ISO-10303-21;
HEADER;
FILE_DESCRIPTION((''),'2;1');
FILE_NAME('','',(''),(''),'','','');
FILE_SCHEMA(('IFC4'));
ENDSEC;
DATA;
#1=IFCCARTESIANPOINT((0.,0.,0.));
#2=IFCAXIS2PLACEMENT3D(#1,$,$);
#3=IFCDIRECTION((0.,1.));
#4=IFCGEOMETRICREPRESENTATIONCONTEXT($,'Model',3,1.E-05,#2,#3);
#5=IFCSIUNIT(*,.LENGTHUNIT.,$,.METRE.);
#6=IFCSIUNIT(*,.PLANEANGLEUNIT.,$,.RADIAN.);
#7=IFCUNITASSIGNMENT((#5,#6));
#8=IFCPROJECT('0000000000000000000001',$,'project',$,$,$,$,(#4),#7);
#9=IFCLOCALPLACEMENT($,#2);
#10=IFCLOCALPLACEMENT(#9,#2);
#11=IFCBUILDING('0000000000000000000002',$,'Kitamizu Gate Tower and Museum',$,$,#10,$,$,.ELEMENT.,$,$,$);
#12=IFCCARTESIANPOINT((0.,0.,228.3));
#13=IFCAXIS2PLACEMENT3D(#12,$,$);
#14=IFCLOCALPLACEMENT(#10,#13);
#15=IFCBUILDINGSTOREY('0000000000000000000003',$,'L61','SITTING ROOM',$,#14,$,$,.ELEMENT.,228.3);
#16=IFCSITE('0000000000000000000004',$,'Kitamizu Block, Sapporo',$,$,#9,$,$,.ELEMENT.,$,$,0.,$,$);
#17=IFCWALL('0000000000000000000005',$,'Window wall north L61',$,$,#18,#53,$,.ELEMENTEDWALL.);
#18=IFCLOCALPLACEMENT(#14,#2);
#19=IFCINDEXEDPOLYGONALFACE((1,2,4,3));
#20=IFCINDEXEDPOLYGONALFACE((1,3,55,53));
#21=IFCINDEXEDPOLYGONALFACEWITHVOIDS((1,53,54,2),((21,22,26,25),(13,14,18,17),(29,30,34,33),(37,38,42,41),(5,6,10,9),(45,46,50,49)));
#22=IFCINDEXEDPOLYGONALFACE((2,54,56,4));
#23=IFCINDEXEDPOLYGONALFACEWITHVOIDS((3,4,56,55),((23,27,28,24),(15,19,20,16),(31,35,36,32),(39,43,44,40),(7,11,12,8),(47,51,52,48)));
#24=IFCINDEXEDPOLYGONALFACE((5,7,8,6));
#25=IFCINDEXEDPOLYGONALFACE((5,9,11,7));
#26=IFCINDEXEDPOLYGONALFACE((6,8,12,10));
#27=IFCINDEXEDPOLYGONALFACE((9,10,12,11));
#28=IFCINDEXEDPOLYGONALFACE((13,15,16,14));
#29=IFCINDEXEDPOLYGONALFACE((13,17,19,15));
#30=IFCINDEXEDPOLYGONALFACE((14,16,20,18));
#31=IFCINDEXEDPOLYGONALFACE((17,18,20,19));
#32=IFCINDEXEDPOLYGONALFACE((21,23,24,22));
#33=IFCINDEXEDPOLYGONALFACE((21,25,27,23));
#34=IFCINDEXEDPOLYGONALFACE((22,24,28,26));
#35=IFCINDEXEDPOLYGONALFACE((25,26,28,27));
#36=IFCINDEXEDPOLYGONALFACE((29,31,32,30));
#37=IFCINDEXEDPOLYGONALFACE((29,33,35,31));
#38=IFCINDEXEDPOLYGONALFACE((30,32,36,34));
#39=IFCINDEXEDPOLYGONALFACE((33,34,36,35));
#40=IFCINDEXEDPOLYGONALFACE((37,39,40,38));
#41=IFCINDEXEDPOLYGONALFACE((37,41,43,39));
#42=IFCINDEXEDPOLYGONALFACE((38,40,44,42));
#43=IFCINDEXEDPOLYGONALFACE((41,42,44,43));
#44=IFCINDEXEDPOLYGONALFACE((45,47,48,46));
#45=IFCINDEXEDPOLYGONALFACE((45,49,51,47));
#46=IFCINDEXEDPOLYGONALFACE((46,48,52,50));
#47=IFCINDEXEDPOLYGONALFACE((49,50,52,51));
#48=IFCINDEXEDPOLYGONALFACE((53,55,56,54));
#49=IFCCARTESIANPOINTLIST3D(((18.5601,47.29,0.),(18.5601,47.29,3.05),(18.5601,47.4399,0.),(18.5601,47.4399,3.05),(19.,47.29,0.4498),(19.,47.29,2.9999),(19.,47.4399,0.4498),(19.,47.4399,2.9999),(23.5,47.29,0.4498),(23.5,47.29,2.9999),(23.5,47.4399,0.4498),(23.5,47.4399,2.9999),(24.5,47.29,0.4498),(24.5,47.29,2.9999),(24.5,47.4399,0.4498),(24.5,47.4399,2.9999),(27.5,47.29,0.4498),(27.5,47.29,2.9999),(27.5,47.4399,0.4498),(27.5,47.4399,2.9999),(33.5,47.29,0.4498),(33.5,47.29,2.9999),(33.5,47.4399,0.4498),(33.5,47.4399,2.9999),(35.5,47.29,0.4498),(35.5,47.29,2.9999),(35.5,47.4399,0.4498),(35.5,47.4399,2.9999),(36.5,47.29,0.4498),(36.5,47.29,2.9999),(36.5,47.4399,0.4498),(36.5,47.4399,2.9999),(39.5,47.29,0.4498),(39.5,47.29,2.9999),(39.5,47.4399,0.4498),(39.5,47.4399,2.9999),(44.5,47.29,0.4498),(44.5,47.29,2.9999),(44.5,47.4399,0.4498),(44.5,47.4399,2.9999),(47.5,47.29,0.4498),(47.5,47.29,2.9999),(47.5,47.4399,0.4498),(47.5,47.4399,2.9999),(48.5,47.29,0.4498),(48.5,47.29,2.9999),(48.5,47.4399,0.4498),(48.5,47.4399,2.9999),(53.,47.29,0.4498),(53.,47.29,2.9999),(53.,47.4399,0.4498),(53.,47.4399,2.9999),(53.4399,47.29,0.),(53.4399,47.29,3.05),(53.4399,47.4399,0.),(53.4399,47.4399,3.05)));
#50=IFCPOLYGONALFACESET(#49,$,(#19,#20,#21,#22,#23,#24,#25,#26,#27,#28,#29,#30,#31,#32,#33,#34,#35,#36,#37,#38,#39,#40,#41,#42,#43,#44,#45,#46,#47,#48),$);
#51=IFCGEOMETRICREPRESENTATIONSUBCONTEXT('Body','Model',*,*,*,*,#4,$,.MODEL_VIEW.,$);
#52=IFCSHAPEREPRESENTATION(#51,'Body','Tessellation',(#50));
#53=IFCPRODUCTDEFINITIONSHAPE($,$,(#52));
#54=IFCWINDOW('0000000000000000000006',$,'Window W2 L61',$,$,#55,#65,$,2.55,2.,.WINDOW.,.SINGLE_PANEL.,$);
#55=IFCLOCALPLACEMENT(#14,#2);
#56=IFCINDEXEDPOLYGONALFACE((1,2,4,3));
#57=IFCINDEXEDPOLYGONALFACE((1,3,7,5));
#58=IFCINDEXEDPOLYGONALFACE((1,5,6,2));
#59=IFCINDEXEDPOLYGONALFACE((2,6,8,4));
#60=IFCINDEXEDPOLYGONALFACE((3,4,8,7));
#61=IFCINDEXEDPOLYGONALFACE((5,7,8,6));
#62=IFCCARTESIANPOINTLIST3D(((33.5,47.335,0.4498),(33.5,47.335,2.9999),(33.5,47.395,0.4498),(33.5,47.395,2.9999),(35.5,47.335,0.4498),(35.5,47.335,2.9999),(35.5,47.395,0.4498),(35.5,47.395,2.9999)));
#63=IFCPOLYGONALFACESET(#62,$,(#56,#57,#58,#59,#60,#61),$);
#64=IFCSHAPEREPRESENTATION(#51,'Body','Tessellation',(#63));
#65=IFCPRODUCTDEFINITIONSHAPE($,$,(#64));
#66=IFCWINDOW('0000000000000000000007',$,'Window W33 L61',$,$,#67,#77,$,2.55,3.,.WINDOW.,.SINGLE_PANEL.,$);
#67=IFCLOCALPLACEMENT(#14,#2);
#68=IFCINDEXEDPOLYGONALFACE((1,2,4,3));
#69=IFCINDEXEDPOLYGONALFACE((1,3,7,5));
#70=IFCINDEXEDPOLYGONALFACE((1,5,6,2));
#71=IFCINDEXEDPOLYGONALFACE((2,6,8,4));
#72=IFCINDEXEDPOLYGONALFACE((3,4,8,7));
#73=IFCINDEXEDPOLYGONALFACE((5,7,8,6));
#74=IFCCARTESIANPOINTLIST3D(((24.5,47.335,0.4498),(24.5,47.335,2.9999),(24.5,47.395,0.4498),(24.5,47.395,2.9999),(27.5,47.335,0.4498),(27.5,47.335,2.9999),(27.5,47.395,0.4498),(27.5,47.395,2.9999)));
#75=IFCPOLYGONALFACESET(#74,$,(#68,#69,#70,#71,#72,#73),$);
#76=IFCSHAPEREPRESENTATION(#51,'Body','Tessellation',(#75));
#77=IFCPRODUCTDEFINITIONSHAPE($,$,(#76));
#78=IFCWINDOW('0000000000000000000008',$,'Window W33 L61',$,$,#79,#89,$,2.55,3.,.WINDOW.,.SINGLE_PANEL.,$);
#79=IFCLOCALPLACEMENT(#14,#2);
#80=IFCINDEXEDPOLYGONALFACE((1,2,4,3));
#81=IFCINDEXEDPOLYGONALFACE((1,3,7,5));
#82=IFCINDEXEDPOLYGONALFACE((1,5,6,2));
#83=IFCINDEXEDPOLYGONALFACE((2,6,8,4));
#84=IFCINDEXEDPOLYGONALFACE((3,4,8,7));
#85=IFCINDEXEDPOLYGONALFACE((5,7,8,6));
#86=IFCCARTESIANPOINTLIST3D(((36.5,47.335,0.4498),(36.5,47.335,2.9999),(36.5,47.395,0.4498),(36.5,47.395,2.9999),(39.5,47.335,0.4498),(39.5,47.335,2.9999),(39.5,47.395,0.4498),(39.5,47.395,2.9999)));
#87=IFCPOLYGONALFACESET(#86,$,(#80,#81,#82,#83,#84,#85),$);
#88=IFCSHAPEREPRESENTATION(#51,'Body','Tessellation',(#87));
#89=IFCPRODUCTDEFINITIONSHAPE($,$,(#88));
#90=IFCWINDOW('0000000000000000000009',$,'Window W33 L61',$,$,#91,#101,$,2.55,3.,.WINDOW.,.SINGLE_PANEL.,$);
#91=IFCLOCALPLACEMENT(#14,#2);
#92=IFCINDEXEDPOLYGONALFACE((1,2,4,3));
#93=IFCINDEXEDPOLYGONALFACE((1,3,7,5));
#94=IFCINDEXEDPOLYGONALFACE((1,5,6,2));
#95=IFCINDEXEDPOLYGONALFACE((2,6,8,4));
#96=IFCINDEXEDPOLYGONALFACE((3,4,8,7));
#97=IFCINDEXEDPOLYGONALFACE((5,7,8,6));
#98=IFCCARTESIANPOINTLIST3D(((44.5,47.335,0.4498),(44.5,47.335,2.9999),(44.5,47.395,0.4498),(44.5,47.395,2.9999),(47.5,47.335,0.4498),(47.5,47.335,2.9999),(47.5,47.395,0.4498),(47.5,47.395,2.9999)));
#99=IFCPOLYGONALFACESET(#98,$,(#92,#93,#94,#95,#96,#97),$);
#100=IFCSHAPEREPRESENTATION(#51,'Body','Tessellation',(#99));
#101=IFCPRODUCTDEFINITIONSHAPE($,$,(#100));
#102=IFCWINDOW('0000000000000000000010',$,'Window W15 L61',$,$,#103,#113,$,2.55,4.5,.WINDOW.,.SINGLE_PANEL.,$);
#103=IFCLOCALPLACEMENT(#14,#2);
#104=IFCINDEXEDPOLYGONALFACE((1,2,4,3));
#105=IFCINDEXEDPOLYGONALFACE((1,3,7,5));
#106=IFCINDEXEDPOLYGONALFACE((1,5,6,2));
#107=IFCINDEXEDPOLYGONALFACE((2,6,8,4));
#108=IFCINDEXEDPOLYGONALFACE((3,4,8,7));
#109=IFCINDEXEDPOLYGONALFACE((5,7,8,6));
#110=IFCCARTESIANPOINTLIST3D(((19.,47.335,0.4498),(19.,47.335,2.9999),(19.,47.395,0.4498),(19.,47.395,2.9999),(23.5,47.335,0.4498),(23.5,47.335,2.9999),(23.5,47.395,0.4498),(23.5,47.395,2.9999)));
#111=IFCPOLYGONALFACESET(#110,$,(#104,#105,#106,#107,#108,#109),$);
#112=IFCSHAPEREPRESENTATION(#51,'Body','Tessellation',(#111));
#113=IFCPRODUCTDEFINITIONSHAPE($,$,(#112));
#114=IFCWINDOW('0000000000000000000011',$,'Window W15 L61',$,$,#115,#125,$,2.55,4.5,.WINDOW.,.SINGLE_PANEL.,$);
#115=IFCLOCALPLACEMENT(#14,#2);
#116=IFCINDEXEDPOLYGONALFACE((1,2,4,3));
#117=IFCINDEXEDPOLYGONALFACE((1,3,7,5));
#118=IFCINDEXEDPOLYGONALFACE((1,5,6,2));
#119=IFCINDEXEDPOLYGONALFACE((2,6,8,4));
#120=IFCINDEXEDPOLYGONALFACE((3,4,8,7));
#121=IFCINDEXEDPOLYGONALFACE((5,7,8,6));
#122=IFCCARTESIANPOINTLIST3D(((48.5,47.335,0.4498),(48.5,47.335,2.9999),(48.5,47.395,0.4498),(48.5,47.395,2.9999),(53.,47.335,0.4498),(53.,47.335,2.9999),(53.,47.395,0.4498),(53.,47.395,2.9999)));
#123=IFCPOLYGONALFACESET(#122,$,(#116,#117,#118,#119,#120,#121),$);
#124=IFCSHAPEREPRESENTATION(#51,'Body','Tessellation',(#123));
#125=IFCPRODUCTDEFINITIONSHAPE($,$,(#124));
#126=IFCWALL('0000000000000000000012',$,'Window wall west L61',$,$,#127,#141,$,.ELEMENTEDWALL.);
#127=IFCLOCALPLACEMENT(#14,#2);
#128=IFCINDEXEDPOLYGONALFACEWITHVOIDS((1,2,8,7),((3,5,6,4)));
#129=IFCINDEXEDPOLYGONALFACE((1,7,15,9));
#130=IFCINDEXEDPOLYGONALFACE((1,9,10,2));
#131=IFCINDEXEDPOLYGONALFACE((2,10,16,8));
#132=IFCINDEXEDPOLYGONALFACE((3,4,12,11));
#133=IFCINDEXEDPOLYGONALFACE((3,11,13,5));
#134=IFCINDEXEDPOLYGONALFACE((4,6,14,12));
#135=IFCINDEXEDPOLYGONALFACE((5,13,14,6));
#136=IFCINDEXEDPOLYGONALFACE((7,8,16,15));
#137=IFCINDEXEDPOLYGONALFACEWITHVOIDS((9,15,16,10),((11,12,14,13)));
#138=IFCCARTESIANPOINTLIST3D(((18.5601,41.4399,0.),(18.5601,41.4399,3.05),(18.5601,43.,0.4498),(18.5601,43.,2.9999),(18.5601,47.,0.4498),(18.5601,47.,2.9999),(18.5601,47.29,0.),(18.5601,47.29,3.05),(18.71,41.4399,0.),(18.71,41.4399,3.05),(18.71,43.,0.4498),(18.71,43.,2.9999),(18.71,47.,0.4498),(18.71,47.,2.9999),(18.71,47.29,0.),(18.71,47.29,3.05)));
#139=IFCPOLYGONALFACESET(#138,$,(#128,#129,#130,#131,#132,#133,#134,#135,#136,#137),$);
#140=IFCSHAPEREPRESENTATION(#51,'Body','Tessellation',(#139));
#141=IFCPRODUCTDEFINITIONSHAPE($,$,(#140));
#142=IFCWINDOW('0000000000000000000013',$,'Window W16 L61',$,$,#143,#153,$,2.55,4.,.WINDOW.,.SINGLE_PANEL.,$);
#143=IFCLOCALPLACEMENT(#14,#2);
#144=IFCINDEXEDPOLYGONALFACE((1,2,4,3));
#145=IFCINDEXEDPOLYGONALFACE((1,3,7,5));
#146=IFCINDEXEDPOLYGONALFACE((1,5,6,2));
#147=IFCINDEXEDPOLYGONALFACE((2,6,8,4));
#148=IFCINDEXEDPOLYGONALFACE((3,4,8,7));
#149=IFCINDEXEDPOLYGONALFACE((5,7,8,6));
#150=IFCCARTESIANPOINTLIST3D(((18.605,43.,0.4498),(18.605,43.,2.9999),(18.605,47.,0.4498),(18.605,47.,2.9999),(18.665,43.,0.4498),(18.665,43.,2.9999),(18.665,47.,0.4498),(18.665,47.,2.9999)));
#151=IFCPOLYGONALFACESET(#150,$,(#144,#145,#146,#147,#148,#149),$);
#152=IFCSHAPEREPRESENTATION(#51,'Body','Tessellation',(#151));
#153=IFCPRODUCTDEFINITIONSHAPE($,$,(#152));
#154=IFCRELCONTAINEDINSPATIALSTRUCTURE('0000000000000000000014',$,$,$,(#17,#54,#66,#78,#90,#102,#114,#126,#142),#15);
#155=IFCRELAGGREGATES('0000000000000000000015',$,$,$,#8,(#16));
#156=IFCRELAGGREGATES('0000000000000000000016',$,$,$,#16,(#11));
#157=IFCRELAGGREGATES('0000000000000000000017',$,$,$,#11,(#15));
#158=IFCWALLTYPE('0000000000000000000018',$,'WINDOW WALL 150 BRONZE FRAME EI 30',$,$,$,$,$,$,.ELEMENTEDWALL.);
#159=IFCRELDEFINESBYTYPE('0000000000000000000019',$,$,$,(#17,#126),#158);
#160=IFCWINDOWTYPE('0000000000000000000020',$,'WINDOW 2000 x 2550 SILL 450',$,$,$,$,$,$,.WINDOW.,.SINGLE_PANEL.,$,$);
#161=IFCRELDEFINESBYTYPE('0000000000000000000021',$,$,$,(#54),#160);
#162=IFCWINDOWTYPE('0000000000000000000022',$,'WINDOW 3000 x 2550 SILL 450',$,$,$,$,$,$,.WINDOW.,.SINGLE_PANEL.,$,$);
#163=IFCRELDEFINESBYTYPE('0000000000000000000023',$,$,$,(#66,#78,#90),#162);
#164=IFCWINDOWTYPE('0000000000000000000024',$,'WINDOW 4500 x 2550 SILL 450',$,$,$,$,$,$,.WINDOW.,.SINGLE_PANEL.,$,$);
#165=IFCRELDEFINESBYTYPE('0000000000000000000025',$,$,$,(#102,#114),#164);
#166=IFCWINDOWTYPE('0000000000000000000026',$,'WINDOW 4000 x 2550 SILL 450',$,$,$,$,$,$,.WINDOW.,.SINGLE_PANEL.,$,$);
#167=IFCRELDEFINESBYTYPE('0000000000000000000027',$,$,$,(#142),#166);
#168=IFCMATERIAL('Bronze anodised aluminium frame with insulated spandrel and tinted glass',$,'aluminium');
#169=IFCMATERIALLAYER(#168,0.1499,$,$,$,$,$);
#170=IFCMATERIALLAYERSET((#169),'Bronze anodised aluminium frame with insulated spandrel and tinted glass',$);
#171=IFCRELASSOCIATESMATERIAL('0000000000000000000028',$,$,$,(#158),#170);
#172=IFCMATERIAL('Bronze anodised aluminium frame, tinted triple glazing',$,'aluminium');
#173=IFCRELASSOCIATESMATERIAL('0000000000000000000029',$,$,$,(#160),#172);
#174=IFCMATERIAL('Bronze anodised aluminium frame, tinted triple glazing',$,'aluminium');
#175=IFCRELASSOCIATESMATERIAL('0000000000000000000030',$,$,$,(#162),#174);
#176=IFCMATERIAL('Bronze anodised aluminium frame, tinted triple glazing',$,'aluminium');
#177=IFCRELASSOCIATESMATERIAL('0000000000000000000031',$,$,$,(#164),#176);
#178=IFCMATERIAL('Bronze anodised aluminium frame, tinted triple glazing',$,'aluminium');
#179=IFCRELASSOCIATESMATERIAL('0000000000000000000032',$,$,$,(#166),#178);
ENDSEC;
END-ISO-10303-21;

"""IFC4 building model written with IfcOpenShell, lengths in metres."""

from ifc_helpers import new_model, si_unit, direction, frame, frame_2d, origin, place, context, subcontext, project, spatial, rectangle, extrude, material, layer, layer_set, type_object, element, fill, save


model = new_model("IFC4")

# Units and contexts
model_context = context("Model", 3, precision=1e-05, world=origin(), true_north=direction((0.0, 1.0)))
body_context = subcontext(model_context, "Body", "Model", "MODEL_VIEW")
ifc_project = project(units=[si_unit("LENGTHUNIT", "METRE"), si_unit("PLANEANGLEUNIT", "RADIAN")], contexts=[model_context])

# Site, building, storey
site_placement = place(None, origin())
site = spatial("IfcSite", under=ifc_project, at=site_placement, Name="Kitamizu Block, Sapporo", CompositionType="ELEMENT", RefElevation=0.0)
building_placement = place(site_placement, origin())
building = spatial("IfcBuilding", under=site, at=building_placement, Name="Kitamizu Gate Tower and Museum", CompositionType="ELEMENT")
storey_placement = place(building_placement, frame((0.0, 0.0, 228.3)))
storey = spatial("IfcBuildingStorey", under=building, at=storey_placement, Name="L61", Description="SITTING ROOM", CompositionType="ELEMENT", Elevation=228.3)

# Wall, openings, windows
ifc_material_1 = material(Name="Bronze anodised aluminium frame with insulated spandrel and tinted glass", Category="aluminium")
ifc_layer_1 = layer(ifc_material_1, 0.1499)
ifc_layer_set_1 = layer_set([ifc_layer_1], Name="Bronze anodised aluminium frame with insulated spandrel and tinted glass")
wall_type_1 = type_object("IfcWallType", Name="WINDOW WALL 150 BRONZE FRAME EI 30", PredefinedType="ELEMENTEDWALL", material=ifc_layer_set_1)
wall_1_placement = place(storey_placement, frame((18.5601, 47.365, 0.0), z_axis=(0.0, 0.0, 1.0), x_axis=(1.0, 0.0, 0.0)))
wall_1 = element("IfcWall", 1, at=wall_1_placement, inside=storey, type_object=wall_type_1, Name="Window wall north L61", PredefinedType="ELEMENTEDWALL", context=body_context, shape_type="SweptSolid", body=[
    extrude(rectangle(XDim=34.8799, YDim=0.1499, at=frame_2d((17.4399, 0.0))), origin(), (0.0, 0.0, 1.0), 3.05),
])
opening_1_placement = place(wall_1_placement, frame((0.4399, 0.0, 0.45)))
opening_1 = element("IfcOpeningElement", 2, at=opening_1_placement, cuts=wall_1, PredefinedType="OPENING", context=body_context, shape_type="SweptSolid", body=[
    extrude(rectangle(XDim=4.5, YDim=2.55, at=frame_2d((2.25, 1.2749))), frame((0.0, 0.085, 0.0), z_axis=(0.0, -1.0, 0.0), x_axis=(1.0, 0.0, 0.0)), (0.0, 0.0, 1.0), 0.1699),
])
opening_2_placement = place(wall_1_placement, frame((5.9399, 0.0, 0.45)))
opening_2 = element("IfcOpeningElement", 3, at=opening_2_placement, cuts=wall_1, PredefinedType="OPENING", context=body_context, shape_type="SweptSolid", body=[
    extrude(rectangle(XDim=3.0, YDim=2.55, at=frame_2d((1.5, 1.2749))), frame((0.0, 0.085, 0.0), z_axis=(0.0, -1.0, 0.0), x_axis=(1.0, 0.0, 0.0)), (0.0, 0.0, 1.0), 0.1699),
])
opening_3_placement = place(wall_1_placement, frame((14.9399, 0.0, 0.45)))
opening_3 = element("IfcOpeningElement", 4, at=opening_3_placement, cuts=wall_1, PredefinedType="OPENING", context=body_context, shape_type="SweptSolid", body=[
    extrude(rectangle(XDim=2.0, YDim=2.55, at=frame_2d((1.0, 1.2749))), frame((0.0, 0.085, 0.0), z_axis=(0.0, -1.0, 0.0), x_axis=(1.0, 0.0, 0.0)), (0.0, 0.0, 1.0), 0.1699),
])
opening_4_placement = place(wall_1_placement, frame((17.9399, 0.0, 0.45)))
opening_4 = element("IfcOpeningElement", 5, at=opening_4_placement, cuts=wall_1, PredefinedType="OPENING", context=body_context, shape_type="SweptSolid", body=[
    extrude(rectangle(XDim=3.0, YDim=2.55, at=frame_2d((1.5, 1.2749))), frame((0.0, 0.085, 0.0), z_axis=(0.0, -1.0, 0.0), x_axis=(1.0, 0.0, 0.0)), (0.0, 0.0, 1.0), 0.1699),
])
opening_5_placement = place(wall_1_placement, frame((25.9399, 0.0, 0.45)))
opening_5 = element("IfcOpeningElement", 6, at=opening_5_placement, cuts=wall_1, PredefinedType="OPENING", context=body_context, shape_type="SweptSolid", body=[
    extrude(rectangle(XDim=3.0, YDim=2.55, at=frame_2d((1.5, 1.2749))), frame((0.0, 0.085, 0.0), z_axis=(0.0, -1.0, 0.0), x_axis=(1.0, 0.0, 0.0)), (0.0, 0.0, 1.0), 0.1699),
])
opening_6_placement = place(wall_1_placement, frame((29.9399, 0.0, 0.45)))
opening_6 = element("IfcOpeningElement", 7, at=opening_6_placement, cuts=wall_1, PredefinedType="OPENING", context=body_context, shape_type="SweptSolid", body=[
    extrude(rectangle(XDim=4.5, YDim=2.55, at=frame_2d((2.25, 1.2749))), frame((0.0, 0.085, 0.0), z_axis=(0.0, -1.0, 0.0), x_axis=(1.0, 0.0, 0.0)), (0.0, 0.0, 1.0), 0.1699),
])
ifc_material_2 = material(Name="Bronze anodised aluminium frame, tinted triple glazing", Category="aluminium")
window_type_1 = type_object("IfcWindowType", Name="WINDOW 2000 x 2550 SILL 450", PartitioningType="SINGLE_PANEL", PredefinedType="WINDOW", material=ifc_material_2)
window_1_placement = place(opening_3_placement, origin())
window_1 = element("IfcWindow", 8, at=window_1_placement, inside=storey, type_object=window_type_1, Name="Window W2 L61", OverallHeight=2.55, OverallWidth=2.0, PartitioningType="SINGLE_PANEL", PredefinedType="WINDOW", context=body_context, shape_type="SweptSolid", body=[
    extrude(rectangle(XDim=2.0, YDim=2.55, at=frame_2d((1.0, 1.2749))), frame((0.0, 0.03, 0.0), z_axis=(0.0, -1.0, 0.0), x_axis=(1.0, 0.0, 0.0)), (0.0, 0.0, 1.0), 0.0601),
])
fill(opening_3, window_1)
ifc_material_3 = material(Name="Bronze anodised aluminium frame, tinted triple glazing", Category="aluminium")
window_type_2 = type_object("IfcWindowType", Name="WINDOW 3000 x 2550 SILL 450", PartitioningType="SINGLE_PANEL", PredefinedType="WINDOW", material=ifc_material_3)
window_2_placement = place(opening_2_placement, origin())
window_2 = element("IfcWindow", 9, at=window_2_placement, inside=storey, type_object=window_type_2, Name="Window W33 L61", OverallHeight=2.55, OverallWidth=3.0, PartitioningType="SINGLE_PANEL", PredefinedType="WINDOW", context=body_context, shape_type="SweptSolid", body=[
    extrude(rectangle(XDim=3.0, YDim=2.55, at=frame_2d((1.5, 1.2749))), frame((0.0, 0.03, 0.0), z_axis=(0.0, -1.0, 0.0), x_axis=(1.0, 0.0, 0.0)), (0.0, 0.0, 1.0), 0.0601),
])
fill(opening_2, window_2)
window_3_placement = place(opening_4_placement, origin())
window_3 = element("IfcWindow", 10, at=window_3_placement, inside=storey, type_object=window_type_2, Name="Window W33 L61", OverallHeight=2.55, OverallWidth=3.0, PartitioningType="SINGLE_PANEL", PredefinedType="WINDOW", context=body_context, shape_type="SweptSolid", body=[
    extrude(rectangle(XDim=3.0, YDim=2.55, at=frame_2d((1.5, 1.2749))), frame((0.0, 0.03, 0.0), z_axis=(0.0, -1.0, 0.0), x_axis=(1.0, 0.0, 0.0)), (0.0, 0.0, 1.0), 0.0601),
])
fill(opening_4, window_3)
window_4_placement = place(opening_5_placement, origin())
window_4 = element("IfcWindow", 11, at=window_4_placement, inside=storey, type_object=window_type_2, Name="Window W33 L61", OverallHeight=2.55, OverallWidth=3.0, PartitioningType="SINGLE_PANEL", PredefinedType="WINDOW", context=body_context, shape_type="SweptSolid", body=[
    extrude(rectangle(XDim=3.0, YDim=2.55, at=frame_2d((1.5, 1.2749))), frame((0.0, 0.03, 0.0), z_axis=(0.0, -1.0, 0.0), x_axis=(1.0, 0.0, 0.0)), (0.0, 0.0, 1.0), 0.0601),
])
fill(opening_5, window_4)
ifc_material_4 = material(Name="Bronze anodised aluminium frame, tinted triple glazing", Category="aluminium")
window_type_3 = type_object("IfcWindowType", Name="WINDOW 4500 x 2550 SILL 450", PartitioningType="SINGLE_PANEL", PredefinedType="WINDOW", material=ifc_material_4)
window_5_placement = place(opening_1_placement, origin())
window_5 = element("IfcWindow", 12, at=window_5_placement, inside=storey, type_object=window_type_3, Name="Window W15 L61", OverallHeight=2.55, OverallWidth=4.5, PartitioningType="SINGLE_PANEL", PredefinedType="WINDOW", context=body_context, shape_type="SweptSolid", body=[
    extrude(rectangle(XDim=4.5, YDim=2.55, at=frame_2d((2.25, 1.2749))), frame((0.0, 0.03, 0.0), z_axis=(0.0, -1.0, 0.0), x_axis=(1.0, 0.0, 0.0)), (0.0, 0.0, 1.0), 0.0601),
])
fill(opening_1, window_5)
window_6_placement = place(opening_6_placement, origin())
window_6 = element("IfcWindow", 13, at=window_6_placement, inside=storey, type_object=window_type_3, Name="Window W15 L61", OverallHeight=2.55, OverallWidth=4.5, PartitioningType="SINGLE_PANEL", PredefinedType="WINDOW", context=body_context, shape_type="SweptSolid", body=[
    extrude(rectangle(XDim=4.5, YDim=2.55, at=frame_2d((2.25, 1.2749))), frame((0.0, 0.03, 0.0), z_axis=(0.0, -1.0, 0.0), x_axis=(1.0, 0.0, 0.0)), (0.0, 0.0, 1.0), 0.0601),
])
fill(opening_6, window_6)

# Wall, opening, window
wall_2_placement = place(storey_placement, frame((18.635, 41.4399, 0.0), z_axis=(0.0, 0.0, 1.0), x_axis=(0.0, 1.0, 0.0)))
wall_2 = element("IfcWall", 14, at=wall_2_placement, inside=storey, type_object=wall_type_1, Name="Window wall west L61", PredefinedType="ELEMENTEDWALL", context=body_context, shape_type="SweptSolid", body=[
    extrude(rectangle(XDim=5.8501, YDim=0.1499, at=frame_2d((2.925, 0.0))), origin(), (0.0, 0.0, 1.0), 3.05),
])
opening_7_placement = place(wall_2_placement, frame((1.5601, 0.0, 0.45)))
opening_7 = element("IfcOpeningElement", 15, at=opening_7_placement, cuts=wall_2, PredefinedType="OPENING", context=body_context, shape_type="SweptSolid", body=[
    extrude(rectangle(XDim=4.0, YDim=2.55, at=frame_2d((2.0, 1.2749))), frame((0.0, 0.085, 0.0), z_axis=(0.0, -1.0, 0.0), x_axis=(1.0, 0.0, 0.0)), (0.0, 0.0, 1.0), 0.1699),
])
ifc_material_5 = material(Name="Bronze anodised aluminium frame, tinted triple glazing", Category="aluminium")
window_type_4 = type_object("IfcWindowType", Name="WINDOW 4000 x 2550 SILL 450", PartitioningType="SINGLE_PANEL", PredefinedType="WINDOW", material=ifc_material_5)
window_7_placement = place(opening_7_placement, origin())
window_7 = element("IfcWindow", 16, at=window_7_placement, inside=storey, type_object=window_type_4, Name="Window W16 L61", OverallHeight=2.55, OverallWidth=4.0, PartitioningType="SINGLE_PANEL", PredefinedType="WINDOW", context=body_context, shape_type="SweptSolid", body=[
    extrude(rectangle(XDim=4.0, YDim=2.55, at=frame_2d((2.0, 1.2749))), frame((0.0, 0.03, 0.0), z_axis=(0.0, -1.0, 0.0), x_axis=(1.0, 0.0, 0.0)), (0.0, 0.0, 1.0), 0.0601),
])
fill(opening_7, window_7)

save(model, "model.ifc")
